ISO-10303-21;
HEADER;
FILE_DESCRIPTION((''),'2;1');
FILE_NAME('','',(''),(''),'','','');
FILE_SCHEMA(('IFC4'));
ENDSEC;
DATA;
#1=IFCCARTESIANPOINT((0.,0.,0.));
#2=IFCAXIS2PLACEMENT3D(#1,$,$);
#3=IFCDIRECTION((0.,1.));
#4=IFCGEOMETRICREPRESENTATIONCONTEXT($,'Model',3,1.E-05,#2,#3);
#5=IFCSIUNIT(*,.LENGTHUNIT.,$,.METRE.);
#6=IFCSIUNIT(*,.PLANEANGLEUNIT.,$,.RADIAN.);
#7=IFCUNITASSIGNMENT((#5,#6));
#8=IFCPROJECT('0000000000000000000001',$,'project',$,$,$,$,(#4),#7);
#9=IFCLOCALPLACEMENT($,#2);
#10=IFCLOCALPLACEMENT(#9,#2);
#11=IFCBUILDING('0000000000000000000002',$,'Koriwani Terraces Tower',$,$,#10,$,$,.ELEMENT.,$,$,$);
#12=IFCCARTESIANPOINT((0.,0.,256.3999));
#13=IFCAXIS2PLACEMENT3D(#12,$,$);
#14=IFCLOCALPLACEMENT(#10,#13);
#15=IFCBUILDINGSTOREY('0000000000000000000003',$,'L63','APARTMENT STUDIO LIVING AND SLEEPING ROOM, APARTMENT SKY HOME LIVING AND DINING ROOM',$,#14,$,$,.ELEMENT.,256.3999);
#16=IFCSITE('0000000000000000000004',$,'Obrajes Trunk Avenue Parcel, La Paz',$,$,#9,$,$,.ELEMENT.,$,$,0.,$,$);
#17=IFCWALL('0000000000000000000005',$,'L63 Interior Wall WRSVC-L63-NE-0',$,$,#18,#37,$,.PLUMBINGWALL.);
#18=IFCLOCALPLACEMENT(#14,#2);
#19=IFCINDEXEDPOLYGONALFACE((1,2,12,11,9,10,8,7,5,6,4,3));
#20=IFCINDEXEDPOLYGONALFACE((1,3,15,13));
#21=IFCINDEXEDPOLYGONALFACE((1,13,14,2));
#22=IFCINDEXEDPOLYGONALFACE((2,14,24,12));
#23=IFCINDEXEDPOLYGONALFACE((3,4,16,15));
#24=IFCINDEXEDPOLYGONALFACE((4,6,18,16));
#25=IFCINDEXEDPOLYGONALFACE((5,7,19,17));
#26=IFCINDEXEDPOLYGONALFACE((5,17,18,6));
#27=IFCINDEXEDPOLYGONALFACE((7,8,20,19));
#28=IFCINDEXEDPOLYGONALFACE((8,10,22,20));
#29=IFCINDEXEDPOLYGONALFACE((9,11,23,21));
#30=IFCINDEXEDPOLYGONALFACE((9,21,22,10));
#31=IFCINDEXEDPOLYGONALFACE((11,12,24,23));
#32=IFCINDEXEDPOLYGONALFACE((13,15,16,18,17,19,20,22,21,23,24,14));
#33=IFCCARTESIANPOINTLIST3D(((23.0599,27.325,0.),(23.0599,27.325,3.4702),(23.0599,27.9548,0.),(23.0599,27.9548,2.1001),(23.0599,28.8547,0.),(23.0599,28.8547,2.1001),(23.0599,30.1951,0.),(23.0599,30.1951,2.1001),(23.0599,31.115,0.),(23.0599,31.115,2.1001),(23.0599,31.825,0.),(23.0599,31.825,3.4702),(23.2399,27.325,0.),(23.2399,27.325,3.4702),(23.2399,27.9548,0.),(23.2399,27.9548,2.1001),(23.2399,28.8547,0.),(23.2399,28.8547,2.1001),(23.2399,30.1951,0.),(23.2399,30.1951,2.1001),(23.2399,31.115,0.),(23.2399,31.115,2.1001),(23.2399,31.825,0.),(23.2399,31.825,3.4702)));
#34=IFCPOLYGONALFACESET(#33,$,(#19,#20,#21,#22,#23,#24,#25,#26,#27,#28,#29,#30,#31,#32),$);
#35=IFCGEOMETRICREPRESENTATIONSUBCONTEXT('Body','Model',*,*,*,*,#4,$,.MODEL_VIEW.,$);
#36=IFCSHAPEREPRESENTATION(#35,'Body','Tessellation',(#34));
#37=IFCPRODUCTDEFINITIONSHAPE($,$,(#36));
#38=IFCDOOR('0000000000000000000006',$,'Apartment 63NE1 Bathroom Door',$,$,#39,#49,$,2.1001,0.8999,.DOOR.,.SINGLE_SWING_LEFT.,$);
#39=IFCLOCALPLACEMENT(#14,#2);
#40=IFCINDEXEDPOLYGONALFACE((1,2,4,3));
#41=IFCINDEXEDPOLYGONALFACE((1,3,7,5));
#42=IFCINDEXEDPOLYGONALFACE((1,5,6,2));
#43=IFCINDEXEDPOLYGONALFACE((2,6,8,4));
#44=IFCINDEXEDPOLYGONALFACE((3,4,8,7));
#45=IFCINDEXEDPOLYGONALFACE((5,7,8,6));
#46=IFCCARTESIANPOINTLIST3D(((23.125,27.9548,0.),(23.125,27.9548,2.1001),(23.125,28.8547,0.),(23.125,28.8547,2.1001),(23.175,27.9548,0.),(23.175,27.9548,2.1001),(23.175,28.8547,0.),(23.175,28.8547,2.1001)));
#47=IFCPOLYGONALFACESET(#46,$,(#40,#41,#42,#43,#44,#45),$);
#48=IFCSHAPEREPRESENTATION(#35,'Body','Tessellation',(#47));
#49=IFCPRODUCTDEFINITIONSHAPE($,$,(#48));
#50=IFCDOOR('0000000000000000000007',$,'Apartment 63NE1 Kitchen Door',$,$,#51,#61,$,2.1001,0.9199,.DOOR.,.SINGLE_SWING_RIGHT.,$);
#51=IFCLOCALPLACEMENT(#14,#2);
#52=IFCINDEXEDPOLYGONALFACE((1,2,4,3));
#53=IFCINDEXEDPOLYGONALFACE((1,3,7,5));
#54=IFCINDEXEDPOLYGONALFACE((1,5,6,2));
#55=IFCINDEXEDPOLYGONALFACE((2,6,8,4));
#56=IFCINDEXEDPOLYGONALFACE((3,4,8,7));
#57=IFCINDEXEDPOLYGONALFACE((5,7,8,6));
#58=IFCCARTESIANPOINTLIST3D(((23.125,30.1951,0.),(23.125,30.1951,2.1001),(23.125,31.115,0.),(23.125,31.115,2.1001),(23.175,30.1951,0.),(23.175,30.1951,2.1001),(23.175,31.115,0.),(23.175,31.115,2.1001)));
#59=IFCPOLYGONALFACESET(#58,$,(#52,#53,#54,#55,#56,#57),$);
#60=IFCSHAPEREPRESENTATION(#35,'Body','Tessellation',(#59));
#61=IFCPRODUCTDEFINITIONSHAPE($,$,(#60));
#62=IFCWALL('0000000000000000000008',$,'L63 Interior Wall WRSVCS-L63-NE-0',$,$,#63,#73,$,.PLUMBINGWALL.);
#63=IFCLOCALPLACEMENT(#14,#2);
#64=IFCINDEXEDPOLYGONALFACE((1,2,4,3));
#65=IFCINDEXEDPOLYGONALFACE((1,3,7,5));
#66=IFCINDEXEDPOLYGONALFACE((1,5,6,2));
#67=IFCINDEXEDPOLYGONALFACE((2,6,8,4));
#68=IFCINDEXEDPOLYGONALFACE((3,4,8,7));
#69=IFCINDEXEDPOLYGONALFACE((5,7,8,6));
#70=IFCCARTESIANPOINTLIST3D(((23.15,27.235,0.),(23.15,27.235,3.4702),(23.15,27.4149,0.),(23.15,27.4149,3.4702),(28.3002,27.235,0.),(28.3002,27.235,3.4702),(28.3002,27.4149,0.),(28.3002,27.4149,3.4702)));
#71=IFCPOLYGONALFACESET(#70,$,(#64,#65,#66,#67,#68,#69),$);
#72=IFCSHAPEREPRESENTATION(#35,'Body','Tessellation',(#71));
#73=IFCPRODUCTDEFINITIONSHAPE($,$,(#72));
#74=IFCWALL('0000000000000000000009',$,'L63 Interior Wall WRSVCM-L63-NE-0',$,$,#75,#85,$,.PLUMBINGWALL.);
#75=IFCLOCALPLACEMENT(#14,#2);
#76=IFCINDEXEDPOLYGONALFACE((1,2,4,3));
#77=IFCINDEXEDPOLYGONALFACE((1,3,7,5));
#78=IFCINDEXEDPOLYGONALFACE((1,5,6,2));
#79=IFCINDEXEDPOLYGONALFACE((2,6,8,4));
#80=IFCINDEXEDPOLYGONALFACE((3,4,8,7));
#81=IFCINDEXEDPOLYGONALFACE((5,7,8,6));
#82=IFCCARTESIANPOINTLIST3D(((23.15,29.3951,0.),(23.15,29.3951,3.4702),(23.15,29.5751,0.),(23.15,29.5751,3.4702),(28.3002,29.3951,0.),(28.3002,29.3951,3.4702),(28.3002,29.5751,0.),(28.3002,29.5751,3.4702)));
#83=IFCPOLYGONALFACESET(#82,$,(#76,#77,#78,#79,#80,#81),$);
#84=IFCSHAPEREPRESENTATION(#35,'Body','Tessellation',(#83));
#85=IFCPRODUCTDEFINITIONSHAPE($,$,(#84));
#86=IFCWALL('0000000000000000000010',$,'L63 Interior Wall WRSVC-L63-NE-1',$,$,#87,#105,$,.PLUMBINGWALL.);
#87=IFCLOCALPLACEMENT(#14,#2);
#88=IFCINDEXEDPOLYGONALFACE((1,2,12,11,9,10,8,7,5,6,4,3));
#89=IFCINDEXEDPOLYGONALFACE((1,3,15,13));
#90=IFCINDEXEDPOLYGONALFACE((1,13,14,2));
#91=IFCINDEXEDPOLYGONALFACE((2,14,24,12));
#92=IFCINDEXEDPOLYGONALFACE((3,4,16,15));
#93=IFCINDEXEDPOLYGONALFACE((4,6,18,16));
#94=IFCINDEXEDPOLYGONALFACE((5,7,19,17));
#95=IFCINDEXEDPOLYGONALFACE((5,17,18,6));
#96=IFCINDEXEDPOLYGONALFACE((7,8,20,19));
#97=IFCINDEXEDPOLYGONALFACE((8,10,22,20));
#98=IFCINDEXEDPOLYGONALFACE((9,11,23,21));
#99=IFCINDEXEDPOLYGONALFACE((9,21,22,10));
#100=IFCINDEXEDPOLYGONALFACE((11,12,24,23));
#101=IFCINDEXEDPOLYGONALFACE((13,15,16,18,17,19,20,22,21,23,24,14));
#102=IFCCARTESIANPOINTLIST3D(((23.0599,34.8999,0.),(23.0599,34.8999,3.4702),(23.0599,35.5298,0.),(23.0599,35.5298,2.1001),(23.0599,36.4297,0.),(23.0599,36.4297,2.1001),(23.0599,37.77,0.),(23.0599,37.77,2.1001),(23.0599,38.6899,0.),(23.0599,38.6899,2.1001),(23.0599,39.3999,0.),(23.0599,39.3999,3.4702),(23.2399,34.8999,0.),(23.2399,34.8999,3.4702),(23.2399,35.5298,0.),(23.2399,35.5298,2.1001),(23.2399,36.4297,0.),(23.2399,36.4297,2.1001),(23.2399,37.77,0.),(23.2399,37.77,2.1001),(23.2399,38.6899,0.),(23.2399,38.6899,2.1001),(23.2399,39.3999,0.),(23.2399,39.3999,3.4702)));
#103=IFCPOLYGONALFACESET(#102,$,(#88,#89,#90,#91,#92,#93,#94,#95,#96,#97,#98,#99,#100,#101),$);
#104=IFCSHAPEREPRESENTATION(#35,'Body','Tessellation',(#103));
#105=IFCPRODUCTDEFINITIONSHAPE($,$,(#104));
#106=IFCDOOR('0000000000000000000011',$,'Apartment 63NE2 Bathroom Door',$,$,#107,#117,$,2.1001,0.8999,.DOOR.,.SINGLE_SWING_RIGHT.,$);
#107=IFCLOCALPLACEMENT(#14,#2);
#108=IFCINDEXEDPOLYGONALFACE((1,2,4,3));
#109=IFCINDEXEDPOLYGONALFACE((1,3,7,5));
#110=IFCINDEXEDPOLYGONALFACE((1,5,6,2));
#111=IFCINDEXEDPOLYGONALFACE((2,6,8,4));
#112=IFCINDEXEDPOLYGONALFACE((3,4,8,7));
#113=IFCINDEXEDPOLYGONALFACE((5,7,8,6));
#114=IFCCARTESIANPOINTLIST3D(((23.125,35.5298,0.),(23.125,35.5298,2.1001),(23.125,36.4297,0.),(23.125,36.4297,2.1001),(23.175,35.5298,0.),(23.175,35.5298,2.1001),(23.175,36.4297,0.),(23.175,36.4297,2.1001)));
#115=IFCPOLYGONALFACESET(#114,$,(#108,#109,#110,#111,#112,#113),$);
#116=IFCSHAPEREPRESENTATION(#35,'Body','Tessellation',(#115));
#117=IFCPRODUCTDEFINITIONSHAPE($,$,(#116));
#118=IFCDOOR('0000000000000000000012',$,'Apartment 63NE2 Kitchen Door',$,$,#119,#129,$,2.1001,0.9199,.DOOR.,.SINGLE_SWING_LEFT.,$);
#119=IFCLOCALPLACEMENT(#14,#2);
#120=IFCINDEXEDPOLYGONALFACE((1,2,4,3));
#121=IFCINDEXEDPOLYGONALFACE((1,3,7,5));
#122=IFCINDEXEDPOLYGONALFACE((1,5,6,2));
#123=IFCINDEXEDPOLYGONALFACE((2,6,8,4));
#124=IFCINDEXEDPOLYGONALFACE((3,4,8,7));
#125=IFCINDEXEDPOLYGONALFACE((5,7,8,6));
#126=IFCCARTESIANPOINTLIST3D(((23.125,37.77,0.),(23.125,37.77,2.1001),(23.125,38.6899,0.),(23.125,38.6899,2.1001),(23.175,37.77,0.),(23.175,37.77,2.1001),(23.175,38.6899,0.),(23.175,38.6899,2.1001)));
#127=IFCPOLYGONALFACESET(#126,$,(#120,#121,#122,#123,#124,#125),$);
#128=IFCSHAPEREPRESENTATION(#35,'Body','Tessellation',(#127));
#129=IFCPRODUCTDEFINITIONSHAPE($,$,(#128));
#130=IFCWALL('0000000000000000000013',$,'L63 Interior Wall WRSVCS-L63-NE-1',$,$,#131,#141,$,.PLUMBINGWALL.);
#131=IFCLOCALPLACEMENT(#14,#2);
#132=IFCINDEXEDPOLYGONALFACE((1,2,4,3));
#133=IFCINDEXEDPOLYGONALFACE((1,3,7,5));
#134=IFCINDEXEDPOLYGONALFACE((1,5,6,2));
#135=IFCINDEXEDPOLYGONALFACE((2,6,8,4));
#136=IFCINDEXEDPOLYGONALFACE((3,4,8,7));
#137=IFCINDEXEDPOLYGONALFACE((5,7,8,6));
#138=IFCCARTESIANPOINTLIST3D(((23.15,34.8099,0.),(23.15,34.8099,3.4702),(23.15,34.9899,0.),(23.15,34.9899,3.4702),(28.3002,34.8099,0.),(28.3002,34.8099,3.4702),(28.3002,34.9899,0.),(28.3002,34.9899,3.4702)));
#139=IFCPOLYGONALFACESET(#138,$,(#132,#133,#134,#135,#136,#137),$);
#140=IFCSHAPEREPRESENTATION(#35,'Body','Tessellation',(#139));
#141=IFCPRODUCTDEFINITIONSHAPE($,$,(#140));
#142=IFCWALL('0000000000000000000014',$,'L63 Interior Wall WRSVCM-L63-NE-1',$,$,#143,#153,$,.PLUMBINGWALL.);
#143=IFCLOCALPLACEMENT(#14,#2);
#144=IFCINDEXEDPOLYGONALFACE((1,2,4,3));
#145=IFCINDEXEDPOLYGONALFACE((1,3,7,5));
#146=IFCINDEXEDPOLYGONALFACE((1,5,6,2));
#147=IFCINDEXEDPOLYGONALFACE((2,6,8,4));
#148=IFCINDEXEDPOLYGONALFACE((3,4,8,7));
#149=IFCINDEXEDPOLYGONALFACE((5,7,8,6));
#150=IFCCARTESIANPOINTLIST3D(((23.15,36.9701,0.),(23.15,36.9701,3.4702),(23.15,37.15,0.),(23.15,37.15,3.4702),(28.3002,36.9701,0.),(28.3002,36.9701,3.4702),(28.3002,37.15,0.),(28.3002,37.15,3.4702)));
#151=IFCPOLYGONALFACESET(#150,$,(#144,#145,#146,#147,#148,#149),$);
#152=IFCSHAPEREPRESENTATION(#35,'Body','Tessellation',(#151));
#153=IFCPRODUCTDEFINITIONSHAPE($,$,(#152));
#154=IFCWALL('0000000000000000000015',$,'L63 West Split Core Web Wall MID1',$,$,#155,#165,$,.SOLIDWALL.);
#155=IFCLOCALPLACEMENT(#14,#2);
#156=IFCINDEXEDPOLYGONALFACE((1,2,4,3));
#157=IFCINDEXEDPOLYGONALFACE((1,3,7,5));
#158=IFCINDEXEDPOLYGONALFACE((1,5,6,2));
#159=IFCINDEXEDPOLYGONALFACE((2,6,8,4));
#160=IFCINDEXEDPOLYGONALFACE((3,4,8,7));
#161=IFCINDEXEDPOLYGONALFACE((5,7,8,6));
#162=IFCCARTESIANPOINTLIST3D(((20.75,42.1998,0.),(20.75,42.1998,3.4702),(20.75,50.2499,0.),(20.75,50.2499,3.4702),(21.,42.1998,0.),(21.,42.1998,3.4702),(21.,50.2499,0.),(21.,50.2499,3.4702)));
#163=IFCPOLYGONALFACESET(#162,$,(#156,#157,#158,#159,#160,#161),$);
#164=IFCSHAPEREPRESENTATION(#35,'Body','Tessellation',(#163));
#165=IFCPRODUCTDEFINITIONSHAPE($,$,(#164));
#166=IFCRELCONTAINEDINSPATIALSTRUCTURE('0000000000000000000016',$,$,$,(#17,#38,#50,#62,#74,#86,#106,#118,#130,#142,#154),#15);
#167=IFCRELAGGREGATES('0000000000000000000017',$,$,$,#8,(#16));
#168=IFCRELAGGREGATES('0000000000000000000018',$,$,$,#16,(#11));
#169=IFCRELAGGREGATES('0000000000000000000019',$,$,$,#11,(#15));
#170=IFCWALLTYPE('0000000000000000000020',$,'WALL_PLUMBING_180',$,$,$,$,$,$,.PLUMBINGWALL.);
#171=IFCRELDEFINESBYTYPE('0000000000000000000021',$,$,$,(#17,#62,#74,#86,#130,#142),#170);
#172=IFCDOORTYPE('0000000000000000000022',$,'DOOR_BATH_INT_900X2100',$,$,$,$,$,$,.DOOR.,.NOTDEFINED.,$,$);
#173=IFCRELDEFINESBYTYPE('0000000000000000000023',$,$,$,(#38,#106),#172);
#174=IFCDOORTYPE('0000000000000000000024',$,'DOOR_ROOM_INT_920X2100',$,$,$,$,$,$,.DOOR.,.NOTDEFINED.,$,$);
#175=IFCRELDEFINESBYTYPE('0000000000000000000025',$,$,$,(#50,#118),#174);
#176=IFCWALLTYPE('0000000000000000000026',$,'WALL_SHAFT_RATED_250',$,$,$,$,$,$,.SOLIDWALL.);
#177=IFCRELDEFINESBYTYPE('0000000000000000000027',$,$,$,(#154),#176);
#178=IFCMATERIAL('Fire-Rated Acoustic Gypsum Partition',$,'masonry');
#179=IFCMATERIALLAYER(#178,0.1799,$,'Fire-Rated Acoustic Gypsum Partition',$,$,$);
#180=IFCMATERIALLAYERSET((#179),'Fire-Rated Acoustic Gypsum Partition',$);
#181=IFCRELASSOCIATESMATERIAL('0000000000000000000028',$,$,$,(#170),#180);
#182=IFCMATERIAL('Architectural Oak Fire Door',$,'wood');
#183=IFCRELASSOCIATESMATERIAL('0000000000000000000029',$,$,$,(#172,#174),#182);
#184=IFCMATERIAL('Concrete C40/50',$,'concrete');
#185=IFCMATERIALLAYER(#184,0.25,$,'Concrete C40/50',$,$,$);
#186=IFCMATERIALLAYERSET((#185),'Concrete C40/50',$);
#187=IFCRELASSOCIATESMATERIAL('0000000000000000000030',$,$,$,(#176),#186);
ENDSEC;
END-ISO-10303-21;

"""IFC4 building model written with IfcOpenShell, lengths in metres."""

from ifc_helpers import new_model, si_unit, direction, frame, frame_2d, origin, place, context, subcontext, project, spatial, rectangle, extrude, material, layer, layer_set, type_object, element, fill, save


model = new_model("IFC4")

# Units and contexts
model_context = context("Model", 3, precision=1e-05, world=origin(), true_north=direction((0.0, 1.0)))
body_context = subcontext(model_context, "Body", "Model", "MODEL_VIEW")
ifc_project = project(units=[si_unit("LENGTHUNIT", "METRE"), si_unit("PLANEANGLEUNIT", "RADIAN")], contexts=[model_context])

# Site, building, storey
site_placement = place(None, origin())
site = spatial("IfcSite", under=ifc_project, at=site_placement, Name="Obrajes Trunk Avenue Parcel, La Paz", CompositionType="ELEMENT", RefElevation=0.0)
building_placement = place(site_placement, origin())
building = spatial("IfcBuilding", under=site, at=building_placement, Name="Koriwani Terraces Tower", CompositionType="ELEMENT")
storey_placement = place(building_placement, frame((0.0, 0.0, 256.3999)))
storey = spatial("IfcBuildingStorey", under=building, at=storey_placement, Name="L63", Description="APARTMENT STUDIO LIVING AND SLEEPING ROOM, APARTMENT SKY HOME LIVING AND DINING ROOM", CompositionType="ELEMENT", Elevation=256.3999)

# Shared definitions
ifc_material_1 = material(Name="Concrete C40/50", Category="concrete")

# Wall, openings, doors
ifc_material_2 = material(Name="Fire-Rated Acoustic Gypsum Partition", Category="masonry")
ifc_layer_1 = layer(ifc_material_2, 0.1799, Name="Fire-Rated Acoustic Gypsum Partition")
ifc_layer_set_1 = layer_set([ifc_layer_1], Name="Fire-Rated Acoustic Gypsum Partition")
wall_type_1 = type_object("IfcWallType", Name="WALL_PLUMBING_180", PredefinedType="PLUMBINGWALL", material=ifc_layer_set_1)
wall_1_placement = place(storey_placement, frame((23.1499, 27.325, 0.0), z_axis=(0.0, 0.0, 1.0), x_axis=(0.0, 1.0, 0.0)))
wall_1 = element("IfcWall", 1, at=wall_1_placement, inside=storey, type_object=wall_type_1, Name="L63 Interior Wall WRSVC-L63-NE-0", PredefinedType="PLUMBINGWALL", context=body_context, shape_type="SweptSolid", body=[
    extrude(rectangle(XDim=4.5, YDim=0.1799, at=frame_2d((2.25, 0.0))), origin(), (0.0, 0.0, 1.0), 3.4702),
])
opening_1_placement = place(wall_1_placement, frame((0.6299, 0.0, 0.0)))
opening_1 = element("IfcOpeningElement", 2, at=opening_1_placement, cuts=wall_1, PredefinedType="OPENING", context=body_context, shape_type="SweptSolid", body=[
    extrude(rectangle(XDim=0.8999, YDim=2.1001, at=frame_2d((0.45, 1.05))), frame((0.0, 0.1001, 0.0), z_axis=(0.0, -1.0, 0.0), x_axis=(1.0, 0.0, 0.0)), (0.0, 0.0, 1.0), 0.2),
])
opening_2_placement = place(wall_1_placement, frame((2.8701, 0.0, 0.0)))
opening_2 = element("IfcOpeningElement", 3, at=opening_2_placement, cuts=wall_1, PredefinedType="OPENING", context=body_context, shape_type="SweptSolid", body=[
    extrude(rectangle(XDim=0.9199, YDim=2.1001, at=frame_2d((0.46, 1.05))), frame((0.0, 0.1001, 0.0), z_axis=(0.0, -1.0, 0.0), x_axis=(1.0, 0.0, 0.0)), (0.0, 0.0, 1.0), 0.2),
])
ifc_material_3 = material(Name="Architectural Oak Fire Door", Category="wood")
door_type_1 = type_object("IfcDoorType", Name="DOOR_BATH_INT_900X2100", OperationType="NOTDEFINED", PredefinedType="DOOR", material=ifc_material_3)
door_1_placement = place(opening_1_placement, origin())
door_1 = element("IfcDoor", 4, at=door_1_placement, inside=storey, type_object=door_type_1, Name="Apartment 63NE1 Bathroom Door", OperationType="SINGLE_SWING_LEFT", OverallHeight=2.1001, OverallWidth=0.8999, PredefinedType="DOOR", context=body_context, shape_type="SweptSolid", body=[
    extrude(rectangle(XDim=0.8999, YDim=2.1001, at=frame_2d((0.45, 1.05))), frame((0.0, 0.0249, 0.0), z_axis=(0.0, -1.0, 0.0), x_axis=(1.0, 0.0, 0.0)), (0.0, 0.0, 1.0), 0.05),
])
fill(opening_1, door_1)
door_type_2 = type_object("IfcDoorType", Name="DOOR_ROOM_INT_920X2100", OperationType="NOTDEFINED", PredefinedType="DOOR", material=ifc_material_3)
door_2_placement = place(opening_2_placement, origin())
door_2 = element("IfcDoor", 5, at=door_2_placement, inside=storey, type_object=door_type_2, Name="Apartment 63NE1 Kitchen Door", OperationType="SINGLE_SWING_RIGHT", OverallHeight=2.1001, OverallWidth=0.9199, PredefinedType="DOOR", context=body_context, shape_type="SweptSolid", body=[
    extrude(rectangle(XDim=0.9199, YDim=2.1001, at=frame_2d((0.46, 1.05))), frame((0.0, 0.0249, 0.0), z_axis=(0.0, -1.0, 0.0), x_axis=(1.0, 0.0, 0.0)), (0.0, 0.0, 1.0), 0.05),
])
fill(opening_2, door_2)

# Walls
for number, where, z_axis, x_axis, name in (
    (6, (23.1499, 27.325, 0.0), (0.0, 0.0, 1.0), (1.0, 0.0, 0.0), "L63 Interior Wall WRSVCS-L63-NE-0"),
    (7, (23.1499, 29.4851, 0.0), (0.0, 0.0, 1.0), (1.0, 0.0, 0.0), "L63 Interior Wall WRSVCM-L63-NE-0"),
):
    element("IfcWall", number, at=place(storey_placement, frame(where, z_axis=z_axis, x_axis=x_axis)), inside=storey, type_object=wall_type_1, Name=name, PredefinedType="PLUMBINGWALL", context=body_context, shape_type="SweptSolid", body=[
        extrude(rectangle(XDim=5.1501, YDim=0.1799, at=frame_2d((2.5752, 0.0))), origin(), (0.0, 0.0, 1.0), 3.4702),
    ])

# Wall, openings, doors
wall_2_placement = place(storey_placement, frame((23.1499, 34.8999, 0.0), z_axis=(0.0, 0.0, 1.0), x_axis=(0.0, 1.0, 0.0)))
wall_2 = element("IfcWall", 8, at=wall_2_placement, inside=storey, type_object=wall_type_1, Name="L63 Interior Wall WRSVC-L63-NE-1", PredefinedType="PLUMBINGWALL", context=body_context, shape_type="SweptSolid", body=[
    extrude(rectangle(XDim=4.5, YDim=0.1799, at=frame_2d((2.25, 0.0))), origin(), (0.0, 0.0, 1.0), 3.4702),
])
opening_3_placement = place(wall_2_placement, frame((0.6299, 0.0, 0.0)))
opening_3 = element("IfcOpeningElement", 9, at=opening_3_placement, cuts=wall_2, PredefinedType="OPENING", context=body_context, shape_type="SweptSolid", body=[
    extrude(rectangle(XDim=0.8999, YDim=2.1001, at=frame_2d((0.45, 1.05))), frame((0.0, 0.1001, 0.0), z_axis=(0.0, -1.0, 0.0), x_axis=(1.0, 0.0, 0.0)), (0.0, 0.0, 1.0), 0.2),
])
opening_4_placement = place(wall_2_placement, frame((2.8701, 0.0, 0.0)))
opening_4 = element("IfcOpeningElement", 10, at=opening_4_placement, cuts=wall_2, PredefinedType="OPENING", context=body_context, shape_type="SweptSolid", body=[
    extrude(rectangle(XDim=0.9199, YDim=2.1001, at=frame_2d((0.46, 1.05))), frame((0.0, 0.1001, 0.0), z_axis=(0.0, -1.0, 0.0), x_axis=(1.0, 0.0, 0.0)), (0.0, 0.0, 1.0), 0.2),
])
door_3_placement = place(opening_3_placement, origin())
door_3 = element("IfcDoor", 11, at=door_3_placement, inside=storey, type_object=door_type_1, Name="Apartment 63NE2 Bathroom Door", OperationType="SINGLE_SWING_RIGHT", OverallHeight=2.1001, OverallWidth=0.8999, PredefinedType="DOOR", context=body_context, shape_type="SweptSolid", body=[
    extrude(rectangle(XDim=0.8999, YDim=2.1001, at=frame_2d((0.45, 1.05))), frame((0.0, 0.0249, 0.0), z_axis=(0.0, -1.0, 0.0), x_axis=(1.0, 0.0, 0.0)), (0.0, 0.0, 1.0), 0.05),
])
fill(opening_3, door_3)
door_4_placement = place(opening_4_placement, origin())
door_4 = element("IfcDoor", 12, at=door_4_placement, inside=storey, type_object=door_type_2, Name="Apartment 63NE2 Kitchen Door", OperationType="SINGLE_SWING_LEFT", OverallHeight=2.1001, OverallWidth=0.9199, PredefinedType="DOOR", context=body_context, shape_type="SweptSolid", body=[
    extrude(rectangle(XDim=0.9199, YDim=2.1001, at=frame_2d((0.46, 1.05))), frame((0.0, 0.0249, 0.0), z_axis=(0.0, -1.0, 0.0), x_axis=(1.0, 0.0, 0.0)), (0.0, 0.0, 1.0), 0.05),
])
fill(opening_4, door_4)

# Walls
for number, where, z_axis, x_axis, name in (
    (13, (23.1499, 34.8999, 0.0), (0.0, 0.0, 1.0), (1.0, 0.0, 0.0), "L63 Interior Wall WRSVCS-L63-NE-1"),
    (14, (23.1499, 37.0601, 0.0), (0.0, 0.0, 1.0), (1.0, 0.0, 0.0), "L63 Interior Wall WRSVCM-L63-NE-1"),
):
    element("IfcWall", number, at=place(storey_placement, frame(where, z_axis=z_axis, x_axis=x_axis)), inside=storey, type_object=wall_type_1, Name=name, PredefinedType="PLUMBINGWALL", context=body_context, shape_type="SweptSolid", body=[
        extrude(rectangle(XDim=5.1501, YDim=0.1799, at=frame_2d((2.5752, 0.0))), origin(), (0.0, 0.0, 1.0), 3.4702),
    ])
ifc_layer_2 = layer(ifc_material_1, 0.25, Name="Concrete C40/50")
ifc_layer_set_2 = layer_set([ifc_layer_2], Name="Concrete C40/50")
wall_type_2 = type_object("IfcWallType", Name="WALL_SHAFT_RATED_250", PredefinedType="SOLIDWALL", material=ifc_layer_set_2)
wall_3_placement = place(storey_placement, frame((20.875, 42.2, 0.0), z_axis=(0.0, 0.0, 1.0), x_axis=(0.0, 1.0, 0.0)))
element("IfcWall", 15, at=wall_3_placement, inside=storey, type_object=wall_type_2, Name="L63 West Split Core Web Wall MID1", PredefinedType="SOLIDWALL", context=body_context, shape_type="SweptSolid", body=[
    extrude(rectangle(XDim=8.05, YDim=0.25, at=frame_2d((4.0249, 0.0))), origin(), (0.0, 0.0, 1.0), 3.4702),
])

save(model, "model.ifc")
